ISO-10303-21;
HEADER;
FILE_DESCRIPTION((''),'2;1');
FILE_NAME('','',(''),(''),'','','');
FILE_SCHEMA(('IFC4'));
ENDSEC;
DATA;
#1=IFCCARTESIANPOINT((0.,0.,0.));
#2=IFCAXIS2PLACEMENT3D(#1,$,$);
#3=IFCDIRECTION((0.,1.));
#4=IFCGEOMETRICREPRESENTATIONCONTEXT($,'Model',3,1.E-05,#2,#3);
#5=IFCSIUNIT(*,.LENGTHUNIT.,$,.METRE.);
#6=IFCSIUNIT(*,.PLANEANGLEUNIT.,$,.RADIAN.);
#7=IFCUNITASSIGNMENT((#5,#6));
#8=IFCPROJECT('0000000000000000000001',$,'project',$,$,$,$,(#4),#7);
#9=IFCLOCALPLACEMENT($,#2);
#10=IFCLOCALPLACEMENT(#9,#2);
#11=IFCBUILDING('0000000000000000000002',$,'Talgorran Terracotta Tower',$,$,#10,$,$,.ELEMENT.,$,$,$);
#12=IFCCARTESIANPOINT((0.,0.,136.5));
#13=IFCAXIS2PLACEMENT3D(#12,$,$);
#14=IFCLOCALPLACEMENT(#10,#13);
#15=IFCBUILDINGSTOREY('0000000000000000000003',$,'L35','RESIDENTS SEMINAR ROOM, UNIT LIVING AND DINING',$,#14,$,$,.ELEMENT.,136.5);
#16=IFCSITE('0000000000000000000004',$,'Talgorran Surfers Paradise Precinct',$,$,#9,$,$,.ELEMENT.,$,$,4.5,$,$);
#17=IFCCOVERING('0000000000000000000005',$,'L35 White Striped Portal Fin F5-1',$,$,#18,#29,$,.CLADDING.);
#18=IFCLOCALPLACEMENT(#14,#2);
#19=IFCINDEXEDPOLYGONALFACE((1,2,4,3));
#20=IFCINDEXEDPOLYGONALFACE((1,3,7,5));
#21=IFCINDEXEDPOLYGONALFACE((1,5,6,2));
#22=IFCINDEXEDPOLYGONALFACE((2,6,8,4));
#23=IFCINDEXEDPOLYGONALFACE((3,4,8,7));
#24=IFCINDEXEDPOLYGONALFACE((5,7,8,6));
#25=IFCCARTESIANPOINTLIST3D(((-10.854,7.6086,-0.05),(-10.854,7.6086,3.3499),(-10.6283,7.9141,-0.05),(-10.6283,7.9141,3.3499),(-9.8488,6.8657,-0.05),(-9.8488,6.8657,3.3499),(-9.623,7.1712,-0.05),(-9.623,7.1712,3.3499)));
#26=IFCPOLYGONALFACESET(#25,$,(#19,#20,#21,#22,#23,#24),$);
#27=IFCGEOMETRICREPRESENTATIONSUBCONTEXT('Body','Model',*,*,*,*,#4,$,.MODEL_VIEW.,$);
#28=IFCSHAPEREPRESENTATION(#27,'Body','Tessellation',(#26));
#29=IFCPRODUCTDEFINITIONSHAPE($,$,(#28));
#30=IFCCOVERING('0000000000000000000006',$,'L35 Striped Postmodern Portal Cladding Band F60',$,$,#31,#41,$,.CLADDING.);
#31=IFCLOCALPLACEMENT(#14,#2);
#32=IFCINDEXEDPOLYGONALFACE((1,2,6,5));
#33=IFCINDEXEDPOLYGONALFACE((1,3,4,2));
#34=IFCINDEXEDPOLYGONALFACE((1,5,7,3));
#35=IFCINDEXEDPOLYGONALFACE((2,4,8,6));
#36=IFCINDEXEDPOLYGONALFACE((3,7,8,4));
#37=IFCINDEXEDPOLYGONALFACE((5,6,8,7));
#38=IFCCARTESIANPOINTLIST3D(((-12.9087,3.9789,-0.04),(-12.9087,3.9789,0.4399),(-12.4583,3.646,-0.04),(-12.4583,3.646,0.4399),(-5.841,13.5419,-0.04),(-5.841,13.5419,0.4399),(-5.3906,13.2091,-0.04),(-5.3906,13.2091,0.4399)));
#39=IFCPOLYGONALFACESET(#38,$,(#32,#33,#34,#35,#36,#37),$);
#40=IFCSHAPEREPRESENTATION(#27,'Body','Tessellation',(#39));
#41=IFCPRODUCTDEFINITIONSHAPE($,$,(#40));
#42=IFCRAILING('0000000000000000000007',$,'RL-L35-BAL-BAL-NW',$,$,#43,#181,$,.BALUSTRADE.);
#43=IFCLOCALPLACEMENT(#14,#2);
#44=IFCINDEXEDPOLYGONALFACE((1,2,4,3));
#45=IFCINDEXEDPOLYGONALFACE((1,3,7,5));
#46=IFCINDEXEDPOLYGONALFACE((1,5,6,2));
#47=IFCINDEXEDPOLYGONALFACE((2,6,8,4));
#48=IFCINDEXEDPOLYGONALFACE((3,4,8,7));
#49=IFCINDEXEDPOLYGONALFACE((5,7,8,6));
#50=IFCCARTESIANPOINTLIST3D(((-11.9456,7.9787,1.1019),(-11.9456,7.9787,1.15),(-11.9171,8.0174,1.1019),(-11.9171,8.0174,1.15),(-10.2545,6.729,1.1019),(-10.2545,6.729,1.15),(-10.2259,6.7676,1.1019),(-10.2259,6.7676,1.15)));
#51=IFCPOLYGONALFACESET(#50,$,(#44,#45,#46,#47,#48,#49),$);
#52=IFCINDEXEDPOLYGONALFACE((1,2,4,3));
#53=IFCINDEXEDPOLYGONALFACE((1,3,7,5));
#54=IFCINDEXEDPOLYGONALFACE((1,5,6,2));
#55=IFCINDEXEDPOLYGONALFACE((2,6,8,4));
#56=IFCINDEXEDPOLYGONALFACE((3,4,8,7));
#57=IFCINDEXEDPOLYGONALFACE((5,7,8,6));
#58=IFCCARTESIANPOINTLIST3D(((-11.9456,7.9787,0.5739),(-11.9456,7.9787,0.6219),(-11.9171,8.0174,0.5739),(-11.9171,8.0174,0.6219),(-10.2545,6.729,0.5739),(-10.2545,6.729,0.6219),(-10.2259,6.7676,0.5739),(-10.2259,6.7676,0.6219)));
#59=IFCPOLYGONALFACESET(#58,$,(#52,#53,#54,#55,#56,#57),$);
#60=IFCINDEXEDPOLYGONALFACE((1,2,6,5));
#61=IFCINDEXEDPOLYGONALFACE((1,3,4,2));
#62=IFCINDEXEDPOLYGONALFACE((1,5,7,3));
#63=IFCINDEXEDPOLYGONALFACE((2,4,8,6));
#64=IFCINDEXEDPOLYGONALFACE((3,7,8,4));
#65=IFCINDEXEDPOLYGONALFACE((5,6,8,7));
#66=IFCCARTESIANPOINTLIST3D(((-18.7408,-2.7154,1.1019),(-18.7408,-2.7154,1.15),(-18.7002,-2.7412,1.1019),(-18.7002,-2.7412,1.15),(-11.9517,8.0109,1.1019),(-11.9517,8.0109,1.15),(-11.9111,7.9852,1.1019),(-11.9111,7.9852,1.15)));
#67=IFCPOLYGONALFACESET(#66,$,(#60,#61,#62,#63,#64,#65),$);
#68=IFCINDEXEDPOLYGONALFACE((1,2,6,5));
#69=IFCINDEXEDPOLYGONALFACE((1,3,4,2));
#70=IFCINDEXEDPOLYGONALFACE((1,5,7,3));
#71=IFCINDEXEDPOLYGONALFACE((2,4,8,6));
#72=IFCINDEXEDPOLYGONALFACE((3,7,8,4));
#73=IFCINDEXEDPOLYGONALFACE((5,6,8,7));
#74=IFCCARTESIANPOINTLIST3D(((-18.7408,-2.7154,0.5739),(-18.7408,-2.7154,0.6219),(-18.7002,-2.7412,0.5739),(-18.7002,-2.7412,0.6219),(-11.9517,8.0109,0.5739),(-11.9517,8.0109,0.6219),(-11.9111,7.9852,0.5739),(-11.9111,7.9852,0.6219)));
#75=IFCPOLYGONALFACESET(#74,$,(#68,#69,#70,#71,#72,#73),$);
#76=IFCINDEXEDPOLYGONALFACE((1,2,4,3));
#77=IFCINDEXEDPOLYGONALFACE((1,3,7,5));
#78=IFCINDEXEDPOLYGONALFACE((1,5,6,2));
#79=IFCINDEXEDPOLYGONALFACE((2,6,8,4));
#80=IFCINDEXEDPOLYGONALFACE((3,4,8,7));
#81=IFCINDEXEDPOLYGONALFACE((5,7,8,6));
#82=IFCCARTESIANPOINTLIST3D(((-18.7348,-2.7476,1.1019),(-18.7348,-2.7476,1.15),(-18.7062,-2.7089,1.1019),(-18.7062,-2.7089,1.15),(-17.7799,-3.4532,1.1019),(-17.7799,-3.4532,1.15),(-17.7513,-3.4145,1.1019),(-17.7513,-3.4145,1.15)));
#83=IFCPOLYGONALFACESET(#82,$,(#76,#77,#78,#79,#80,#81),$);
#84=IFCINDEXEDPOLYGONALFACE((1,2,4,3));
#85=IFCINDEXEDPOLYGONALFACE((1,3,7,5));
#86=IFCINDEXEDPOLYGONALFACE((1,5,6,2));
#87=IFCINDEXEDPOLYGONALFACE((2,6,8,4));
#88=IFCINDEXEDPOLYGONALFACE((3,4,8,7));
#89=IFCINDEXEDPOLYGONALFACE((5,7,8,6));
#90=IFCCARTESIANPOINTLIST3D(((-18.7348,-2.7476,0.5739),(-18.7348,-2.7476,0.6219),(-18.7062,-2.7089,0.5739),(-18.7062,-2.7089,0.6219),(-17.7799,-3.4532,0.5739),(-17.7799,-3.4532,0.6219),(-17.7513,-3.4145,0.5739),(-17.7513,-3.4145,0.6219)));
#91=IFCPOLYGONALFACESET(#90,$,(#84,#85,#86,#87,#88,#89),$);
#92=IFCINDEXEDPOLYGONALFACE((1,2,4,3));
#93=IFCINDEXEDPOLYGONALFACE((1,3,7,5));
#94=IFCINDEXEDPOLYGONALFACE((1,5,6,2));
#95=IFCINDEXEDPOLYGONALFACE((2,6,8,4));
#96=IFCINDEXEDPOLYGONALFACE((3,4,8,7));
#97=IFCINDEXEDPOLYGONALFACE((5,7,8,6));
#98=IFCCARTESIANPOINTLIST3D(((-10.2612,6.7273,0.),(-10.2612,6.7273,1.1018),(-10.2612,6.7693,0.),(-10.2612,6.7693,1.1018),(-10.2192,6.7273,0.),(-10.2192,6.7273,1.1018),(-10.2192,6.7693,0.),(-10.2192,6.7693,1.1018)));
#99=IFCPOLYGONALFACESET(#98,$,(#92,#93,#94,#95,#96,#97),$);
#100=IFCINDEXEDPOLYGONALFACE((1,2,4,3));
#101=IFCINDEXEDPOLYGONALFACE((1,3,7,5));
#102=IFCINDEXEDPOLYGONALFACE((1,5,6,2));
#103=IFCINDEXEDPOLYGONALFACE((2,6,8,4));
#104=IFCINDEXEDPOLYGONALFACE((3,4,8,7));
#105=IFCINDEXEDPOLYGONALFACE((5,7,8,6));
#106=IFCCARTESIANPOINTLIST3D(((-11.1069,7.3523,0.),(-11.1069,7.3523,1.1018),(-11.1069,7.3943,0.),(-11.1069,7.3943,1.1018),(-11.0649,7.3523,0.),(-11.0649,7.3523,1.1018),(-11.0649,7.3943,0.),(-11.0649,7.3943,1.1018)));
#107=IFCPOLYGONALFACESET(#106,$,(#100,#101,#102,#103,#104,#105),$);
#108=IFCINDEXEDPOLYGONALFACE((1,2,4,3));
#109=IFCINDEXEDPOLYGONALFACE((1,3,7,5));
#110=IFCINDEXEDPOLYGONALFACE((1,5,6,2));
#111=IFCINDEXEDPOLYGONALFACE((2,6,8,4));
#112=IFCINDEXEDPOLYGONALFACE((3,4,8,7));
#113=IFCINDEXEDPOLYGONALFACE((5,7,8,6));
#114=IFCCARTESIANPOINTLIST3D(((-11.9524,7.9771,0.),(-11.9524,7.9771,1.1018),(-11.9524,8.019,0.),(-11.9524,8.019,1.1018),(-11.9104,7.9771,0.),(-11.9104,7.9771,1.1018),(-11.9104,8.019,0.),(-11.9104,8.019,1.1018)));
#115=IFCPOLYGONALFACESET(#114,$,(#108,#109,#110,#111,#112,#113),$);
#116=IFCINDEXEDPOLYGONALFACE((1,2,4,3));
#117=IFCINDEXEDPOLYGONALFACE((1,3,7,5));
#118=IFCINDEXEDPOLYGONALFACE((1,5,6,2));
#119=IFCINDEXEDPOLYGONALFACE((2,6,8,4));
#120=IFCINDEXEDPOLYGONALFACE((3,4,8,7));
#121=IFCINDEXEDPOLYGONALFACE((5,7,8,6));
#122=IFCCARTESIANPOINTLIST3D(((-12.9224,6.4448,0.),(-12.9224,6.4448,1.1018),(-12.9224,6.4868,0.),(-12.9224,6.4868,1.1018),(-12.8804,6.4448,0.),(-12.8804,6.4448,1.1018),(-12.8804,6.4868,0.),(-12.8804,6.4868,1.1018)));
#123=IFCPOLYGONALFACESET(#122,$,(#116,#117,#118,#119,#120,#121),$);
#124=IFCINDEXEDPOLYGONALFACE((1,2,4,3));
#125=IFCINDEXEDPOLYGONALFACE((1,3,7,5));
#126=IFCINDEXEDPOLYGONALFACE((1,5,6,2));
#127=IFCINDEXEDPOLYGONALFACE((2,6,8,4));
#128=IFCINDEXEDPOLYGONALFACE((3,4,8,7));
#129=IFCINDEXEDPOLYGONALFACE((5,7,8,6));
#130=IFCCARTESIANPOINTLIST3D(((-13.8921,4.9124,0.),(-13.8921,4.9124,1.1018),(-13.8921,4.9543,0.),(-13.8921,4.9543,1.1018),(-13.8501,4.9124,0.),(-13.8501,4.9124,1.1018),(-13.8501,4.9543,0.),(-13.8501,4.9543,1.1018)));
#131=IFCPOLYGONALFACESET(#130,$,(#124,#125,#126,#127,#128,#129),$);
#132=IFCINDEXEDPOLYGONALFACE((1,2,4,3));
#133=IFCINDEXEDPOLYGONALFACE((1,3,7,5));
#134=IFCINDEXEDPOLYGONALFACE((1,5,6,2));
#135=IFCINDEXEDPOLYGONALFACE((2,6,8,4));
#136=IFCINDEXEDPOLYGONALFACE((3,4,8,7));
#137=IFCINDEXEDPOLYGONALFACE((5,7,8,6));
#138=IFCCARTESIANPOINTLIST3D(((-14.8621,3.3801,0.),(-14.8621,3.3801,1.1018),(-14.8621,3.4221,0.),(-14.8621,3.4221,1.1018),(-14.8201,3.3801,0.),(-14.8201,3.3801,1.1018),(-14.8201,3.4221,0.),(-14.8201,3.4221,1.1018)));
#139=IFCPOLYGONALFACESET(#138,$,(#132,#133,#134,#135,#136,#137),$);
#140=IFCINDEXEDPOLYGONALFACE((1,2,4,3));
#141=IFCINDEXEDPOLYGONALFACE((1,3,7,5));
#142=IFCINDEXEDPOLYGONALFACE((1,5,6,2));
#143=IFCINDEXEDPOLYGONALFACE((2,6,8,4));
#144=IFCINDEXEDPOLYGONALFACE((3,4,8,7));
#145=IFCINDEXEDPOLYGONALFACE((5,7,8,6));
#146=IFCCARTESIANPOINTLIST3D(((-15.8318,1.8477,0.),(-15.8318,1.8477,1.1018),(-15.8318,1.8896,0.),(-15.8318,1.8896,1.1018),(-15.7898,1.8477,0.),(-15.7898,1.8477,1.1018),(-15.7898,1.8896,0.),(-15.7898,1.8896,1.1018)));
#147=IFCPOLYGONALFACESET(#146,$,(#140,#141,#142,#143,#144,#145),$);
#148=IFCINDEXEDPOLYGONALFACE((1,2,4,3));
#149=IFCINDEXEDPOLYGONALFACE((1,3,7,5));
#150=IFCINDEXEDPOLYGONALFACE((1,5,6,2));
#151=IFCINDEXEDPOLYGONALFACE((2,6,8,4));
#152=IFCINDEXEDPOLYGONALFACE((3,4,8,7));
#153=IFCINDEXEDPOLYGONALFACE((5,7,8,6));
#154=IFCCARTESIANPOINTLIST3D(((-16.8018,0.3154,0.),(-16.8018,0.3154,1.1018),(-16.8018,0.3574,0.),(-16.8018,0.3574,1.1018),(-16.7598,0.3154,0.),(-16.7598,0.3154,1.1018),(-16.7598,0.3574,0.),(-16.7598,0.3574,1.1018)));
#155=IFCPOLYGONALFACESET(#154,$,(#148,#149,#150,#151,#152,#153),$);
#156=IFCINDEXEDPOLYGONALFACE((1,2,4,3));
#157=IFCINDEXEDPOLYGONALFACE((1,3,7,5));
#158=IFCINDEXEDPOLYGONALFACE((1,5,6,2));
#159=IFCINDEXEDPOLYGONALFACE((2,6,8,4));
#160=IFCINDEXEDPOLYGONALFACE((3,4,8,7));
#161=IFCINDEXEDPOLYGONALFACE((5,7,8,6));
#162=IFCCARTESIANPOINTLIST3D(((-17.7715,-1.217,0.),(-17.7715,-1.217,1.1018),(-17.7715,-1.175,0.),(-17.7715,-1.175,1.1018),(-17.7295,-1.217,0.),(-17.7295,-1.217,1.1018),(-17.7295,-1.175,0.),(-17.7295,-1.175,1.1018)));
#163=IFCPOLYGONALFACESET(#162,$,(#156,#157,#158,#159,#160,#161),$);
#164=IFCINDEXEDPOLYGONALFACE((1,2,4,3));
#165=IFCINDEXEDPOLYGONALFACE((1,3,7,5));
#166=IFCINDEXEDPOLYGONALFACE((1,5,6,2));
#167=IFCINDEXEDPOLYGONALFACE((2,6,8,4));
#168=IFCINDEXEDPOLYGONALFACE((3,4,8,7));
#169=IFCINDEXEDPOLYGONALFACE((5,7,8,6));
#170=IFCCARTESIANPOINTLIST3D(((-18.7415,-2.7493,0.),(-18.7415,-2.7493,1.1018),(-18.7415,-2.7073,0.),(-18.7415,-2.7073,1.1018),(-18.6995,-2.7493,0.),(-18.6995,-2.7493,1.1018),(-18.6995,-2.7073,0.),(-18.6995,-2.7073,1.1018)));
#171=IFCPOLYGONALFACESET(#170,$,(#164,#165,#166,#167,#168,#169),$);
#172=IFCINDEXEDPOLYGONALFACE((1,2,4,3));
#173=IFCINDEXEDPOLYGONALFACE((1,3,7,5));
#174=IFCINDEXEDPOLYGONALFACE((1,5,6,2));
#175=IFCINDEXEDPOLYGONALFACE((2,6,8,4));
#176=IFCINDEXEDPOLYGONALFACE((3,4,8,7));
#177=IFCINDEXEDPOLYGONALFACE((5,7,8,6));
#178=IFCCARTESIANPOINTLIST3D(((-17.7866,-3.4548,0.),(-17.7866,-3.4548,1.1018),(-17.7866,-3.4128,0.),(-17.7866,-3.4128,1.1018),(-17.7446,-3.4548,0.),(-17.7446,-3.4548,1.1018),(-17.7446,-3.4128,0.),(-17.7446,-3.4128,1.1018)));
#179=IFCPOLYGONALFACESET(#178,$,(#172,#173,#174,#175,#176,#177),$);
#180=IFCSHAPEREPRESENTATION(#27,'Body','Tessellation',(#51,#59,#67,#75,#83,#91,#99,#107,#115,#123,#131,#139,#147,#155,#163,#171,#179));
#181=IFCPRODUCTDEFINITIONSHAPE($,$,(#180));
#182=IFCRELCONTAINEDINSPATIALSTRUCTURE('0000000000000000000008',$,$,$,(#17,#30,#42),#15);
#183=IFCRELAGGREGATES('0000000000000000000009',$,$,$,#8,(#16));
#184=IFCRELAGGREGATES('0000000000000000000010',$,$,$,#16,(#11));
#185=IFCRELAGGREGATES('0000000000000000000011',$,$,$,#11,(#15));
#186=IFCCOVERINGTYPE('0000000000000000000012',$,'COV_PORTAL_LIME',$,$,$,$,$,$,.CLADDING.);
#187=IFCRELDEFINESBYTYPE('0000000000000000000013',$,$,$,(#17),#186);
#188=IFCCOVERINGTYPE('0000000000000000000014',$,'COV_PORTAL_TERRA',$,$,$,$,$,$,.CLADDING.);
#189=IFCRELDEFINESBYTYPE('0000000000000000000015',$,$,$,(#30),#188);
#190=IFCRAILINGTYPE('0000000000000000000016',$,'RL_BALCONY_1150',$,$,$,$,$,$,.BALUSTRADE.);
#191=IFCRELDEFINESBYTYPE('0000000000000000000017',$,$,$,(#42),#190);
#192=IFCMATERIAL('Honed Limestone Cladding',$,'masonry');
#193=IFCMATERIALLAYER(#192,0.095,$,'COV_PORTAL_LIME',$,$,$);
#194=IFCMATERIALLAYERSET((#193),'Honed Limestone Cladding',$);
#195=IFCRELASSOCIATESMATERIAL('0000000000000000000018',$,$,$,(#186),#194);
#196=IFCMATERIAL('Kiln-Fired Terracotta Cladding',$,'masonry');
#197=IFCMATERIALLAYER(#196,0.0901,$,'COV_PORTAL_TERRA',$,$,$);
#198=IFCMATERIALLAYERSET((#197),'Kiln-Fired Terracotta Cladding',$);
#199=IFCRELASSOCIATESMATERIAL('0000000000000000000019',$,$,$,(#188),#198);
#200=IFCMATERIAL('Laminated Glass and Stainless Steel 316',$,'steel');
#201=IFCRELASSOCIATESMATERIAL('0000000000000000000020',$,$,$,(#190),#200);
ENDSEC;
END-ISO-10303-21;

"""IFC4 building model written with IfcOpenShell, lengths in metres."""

from ifc_helpers import new_model, si_unit, direction, frame, origin, origin_2d, place, context, subcontext, project, spatial, rectangle, extrude, material, layer, layer_set, type_object, element, save


model = new_model("IFC4")

# Units and contexts
model_context = context("Model", 3, precision=1e-05, world=origin(), true_north=direction((0.0, 1.0)))
body_context = subcontext(model_context, "Body", "Model", "MODEL_VIEW")
ifc_project = project(units=[si_unit("LENGTHUNIT", "METRE"), si_unit("PLANEANGLEUNIT", "RADIAN")], contexts=[model_context])

# Site, building, storey
site_placement = place(None, origin())
site = spatial("IfcSite", under=ifc_project, at=site_placement, Name="Talgorran Surfers Paradise Precinct", CompositionType="ELEMENT", RefElevation=4.5)
building_placement = place(site_placement, origin())
building = spatial("IfcBuilding", under=site, at=building_placement, Name="Talgorran Terracotta Tower", CompositionType="ELEMENT")
storey_placement = place(building_placement, frame((0.0, 0.0, 136.5)))
storey = spatial("IfcBuildingStorey", under=building, at=storey_placement, Name="L35", Description="RESIDENTS SEMINAR ROOM, UNIT LIVING AND DINING", CompositionType="ELEMENT", Elevation=136.5)

# Coverings
ifc_material_1 = material(Name="Honed Limestone Cladding", Category="masonry")
ifc_layer_1 = layer(ifc_material_1, 0.095, Name="COV_PORTAL_LIME")
ifc_layer_set_1 = layer_set([ifc_layer_1], Name="Honed Limestone Cladding")
covering_type_1 = type_object("IfcCoveringType", Name="COV_PORTAL_LIME", PredefinedType="CLADDING", material=ifc_layer_set_1)
covering_1_placement = place(storey_placement, frame((-10.2385, 7.3899, -0.05), z_axis=(0.0, 0.0, 1.0), x_axis=(-0.59436, -0.804199, 0.0)))
element("IfcCovering", 1, at=covering_1_placement, inside=storey, type_object=covering_type_1, Name="L35 White Striped Portal Fin F5-1", PredefinedType="CLADDING", context=body_context, shape_type="SweptSolid", body=[
    extrude(rectangle(XDim=0.3799, YDim=1.25, at=origin_2d()), origin(), (0.0, 0.0, 1.0), 3.3999),
])
ifc_material_2 = material(Name="Kiln-Fired Terracotta Cladding", Category="masonry")
ifc_layer_2 = layer(ifc_material_2, 0.0901, Name="COV_PORTAL_TERRA")
ifc_layer_set_2 = layer_set([ifc_layer_2], Name="Kiln-Fired Terracotta Cladding")
covering_type_2 = type_object("IfcCoveringType", Name="COV_PORTAL_TERRA", PredefinedType="CLADDING", material=ifc_layer_set_2)
covering_2_placement = place(storey_placement, frame((-9.1497, 8.594, -0.04), z_axis=(0.0, 0.0, 1.0), x_axis=(-0.59436, -0.804199, 0.0)))
element("IfcCovering", 2, at=covering_2_placement, inside=storey, type_object=covering_type_2, Name="L35 Striped Postmodern Portal Cladding Band F60", PredefinedType="CLADDING", context=body_context, shape_type="SweptSolid", body=[
    extrude(rectangle(XDim=11.8914, YDim=0.5601, at=origin_2d()), origin(), (0.0, 0.0, 1.0), 0.48),
])

# Railing
ifc_material_3 = material(Name="Laminated Glass and Stainless Steel 316", Category="steel")
railing_type = type_object("IfcRailingType", Name="RL_BALCONY_1150", PredefinedType="BALUSTRADE", material=ifc_material_3)
railing_placement = place(storey_placement, frame((-10.2402, 6.7483, 0.0)))
element("IfcRailing", 3, at=railing_placement, inside=storey, type_object=railing_type, Name="RL-L35-BAL-BAL-NW", PredefinedType="BALUSTRADE", context=body_context, shape_type="SweptSolid", body=[
    extrude(rectangle(XDim=0.0481, YDim=0.0481, at=origin_2d()), frame((0.0, 0.0, 1.126), z_axis=(-0.804229, 0.594319, 0.0), x_axis=(-0.594319, -0.804229, 0.0)), (0.0, 0.0, 1.0), 2.1028),
    extrude(rectangle(XDim=0.0481, YDim=0.0481, at=origin_2d()), frame((0.0, 0.0, 0.5979), z_axis=(-0.804229, 0.594319, 0.0), x_axis=(-0.594319, -0.804229, 0.0)), (0.0, 0.0, 1.0), 2.1028),
    extrude(rectangle(XDim=0.0481, YDim=0.0481, at=origin_2d()), frame((-1.6912, 1.2498, 1.126), z_axis=(-0.534812, -0.844971, 0.0), x_axis=(0.844971, -0.534812, 0.0)), (0.0, 0.0, 1.0), 12.6943),
    extrude(rectangle(XDim=0.0481, YDim=0.0481, at=origin_2d()), frame((-1.6912, 1.2498, 0.5979), z_axis=(-0.534812, -0.844971, 0.0), x_axis=(0.844971, -0.534812, 0.0)), (0.0, 0.0, 1.0), 12.6943),
    extrude(rectangle(XDim=0.0481, YDim=0.0481, at=origin_2d()), frame((-8.4802, -9.4766, 1.126), z_axis=(0.804249, -0.594293, 0.0), x_axis=(0.594293, 0.804249, 0.0)), (0.0, 0.0, 1.0), 1.1873),
    extrude(rectangle(XDim=0.0481, YDim=0.0481, at=origin_2d()), frame((-8.4802, -9.4766, 0.5979), z_axis=(0.804249, -0.594293, 0.0), x_axis=(0.594293, 0.804249, 0.0)), (0.0, 0.0, 1.0), 1.1873),
    extrude(rectangle(XDim=0.042, YDim=0.042, at=origin_2d()), origin(), (0.0, 0.0, 1.0), 1.1018),
    extrude(rectangle(XDim=0.042, YDim=0.042, at=origin_2d()), frame((-0.8457, 0.625, 0.0)), (0.0, 0.0, 1.0), 1.1018),
    extrude(rectangle(XDim=0.042, YDim=0.042, at=origin_2d()), frame((-1.6912, 1.2498, 0.0)), (0.0, 0.0, 1.0), 1.1018),
    extrude(rectangle(XDim=0.042, YDim=0.042, at=origin_2d()), frame((-2.6611, -0.2825, 0.0)), (0.0, 0.0, 1.0), 1.1018),
    extrude(rectangle(XDim=0.042, YDim=0.042, at=origin_2d()), frame((-3.6309, -1.8149, 0.0)), (0.0, 0.0, 1.0), 1.1018),
    extrude(rectangle(XDim=0.042, YDim=0.042, at=origin_2d()), frame((-4.6008, -3.3472, 0.0)), (0.0, 0.0, 1.0), 1.1018),
    extrude(rectangle(XDim=0.042, YDim=0.042, at=origin_2d()), frame((-5.5706, -4.8796, 0.0)), (0.0, 0.0, 1.0), 1.1018),
    extrude(rectangle(XDim=0.042, YDim=0.042, at=origin_2d()), frame((-6.5405, -6.4119, 0.0)), (0.0, 0.0, 1.0), 1.1018),
    extrude(rectangle(XDim=0.042, YDim=0.042, at=origin_2d()), frame((-7.5103, -7.9443, 0.0)), (0.0, 0.0, 1.0), 1.1018),
    extrude(rectangle(XDim=0.042, YDim=0.042, at=origin_2d()), frame((-8.4802, -9.4766, 0.0)), (0.0, 0.0, 1.0), 1.1018),
    extrude(rectangle(XDim=0.042, YDim=0.042, at=origin_2d()), frame((-7.5254, -10.1821, 0.0)), (0.0, 0.0, 1.0), 1.1018),
])

save(model, "model.ifc")
